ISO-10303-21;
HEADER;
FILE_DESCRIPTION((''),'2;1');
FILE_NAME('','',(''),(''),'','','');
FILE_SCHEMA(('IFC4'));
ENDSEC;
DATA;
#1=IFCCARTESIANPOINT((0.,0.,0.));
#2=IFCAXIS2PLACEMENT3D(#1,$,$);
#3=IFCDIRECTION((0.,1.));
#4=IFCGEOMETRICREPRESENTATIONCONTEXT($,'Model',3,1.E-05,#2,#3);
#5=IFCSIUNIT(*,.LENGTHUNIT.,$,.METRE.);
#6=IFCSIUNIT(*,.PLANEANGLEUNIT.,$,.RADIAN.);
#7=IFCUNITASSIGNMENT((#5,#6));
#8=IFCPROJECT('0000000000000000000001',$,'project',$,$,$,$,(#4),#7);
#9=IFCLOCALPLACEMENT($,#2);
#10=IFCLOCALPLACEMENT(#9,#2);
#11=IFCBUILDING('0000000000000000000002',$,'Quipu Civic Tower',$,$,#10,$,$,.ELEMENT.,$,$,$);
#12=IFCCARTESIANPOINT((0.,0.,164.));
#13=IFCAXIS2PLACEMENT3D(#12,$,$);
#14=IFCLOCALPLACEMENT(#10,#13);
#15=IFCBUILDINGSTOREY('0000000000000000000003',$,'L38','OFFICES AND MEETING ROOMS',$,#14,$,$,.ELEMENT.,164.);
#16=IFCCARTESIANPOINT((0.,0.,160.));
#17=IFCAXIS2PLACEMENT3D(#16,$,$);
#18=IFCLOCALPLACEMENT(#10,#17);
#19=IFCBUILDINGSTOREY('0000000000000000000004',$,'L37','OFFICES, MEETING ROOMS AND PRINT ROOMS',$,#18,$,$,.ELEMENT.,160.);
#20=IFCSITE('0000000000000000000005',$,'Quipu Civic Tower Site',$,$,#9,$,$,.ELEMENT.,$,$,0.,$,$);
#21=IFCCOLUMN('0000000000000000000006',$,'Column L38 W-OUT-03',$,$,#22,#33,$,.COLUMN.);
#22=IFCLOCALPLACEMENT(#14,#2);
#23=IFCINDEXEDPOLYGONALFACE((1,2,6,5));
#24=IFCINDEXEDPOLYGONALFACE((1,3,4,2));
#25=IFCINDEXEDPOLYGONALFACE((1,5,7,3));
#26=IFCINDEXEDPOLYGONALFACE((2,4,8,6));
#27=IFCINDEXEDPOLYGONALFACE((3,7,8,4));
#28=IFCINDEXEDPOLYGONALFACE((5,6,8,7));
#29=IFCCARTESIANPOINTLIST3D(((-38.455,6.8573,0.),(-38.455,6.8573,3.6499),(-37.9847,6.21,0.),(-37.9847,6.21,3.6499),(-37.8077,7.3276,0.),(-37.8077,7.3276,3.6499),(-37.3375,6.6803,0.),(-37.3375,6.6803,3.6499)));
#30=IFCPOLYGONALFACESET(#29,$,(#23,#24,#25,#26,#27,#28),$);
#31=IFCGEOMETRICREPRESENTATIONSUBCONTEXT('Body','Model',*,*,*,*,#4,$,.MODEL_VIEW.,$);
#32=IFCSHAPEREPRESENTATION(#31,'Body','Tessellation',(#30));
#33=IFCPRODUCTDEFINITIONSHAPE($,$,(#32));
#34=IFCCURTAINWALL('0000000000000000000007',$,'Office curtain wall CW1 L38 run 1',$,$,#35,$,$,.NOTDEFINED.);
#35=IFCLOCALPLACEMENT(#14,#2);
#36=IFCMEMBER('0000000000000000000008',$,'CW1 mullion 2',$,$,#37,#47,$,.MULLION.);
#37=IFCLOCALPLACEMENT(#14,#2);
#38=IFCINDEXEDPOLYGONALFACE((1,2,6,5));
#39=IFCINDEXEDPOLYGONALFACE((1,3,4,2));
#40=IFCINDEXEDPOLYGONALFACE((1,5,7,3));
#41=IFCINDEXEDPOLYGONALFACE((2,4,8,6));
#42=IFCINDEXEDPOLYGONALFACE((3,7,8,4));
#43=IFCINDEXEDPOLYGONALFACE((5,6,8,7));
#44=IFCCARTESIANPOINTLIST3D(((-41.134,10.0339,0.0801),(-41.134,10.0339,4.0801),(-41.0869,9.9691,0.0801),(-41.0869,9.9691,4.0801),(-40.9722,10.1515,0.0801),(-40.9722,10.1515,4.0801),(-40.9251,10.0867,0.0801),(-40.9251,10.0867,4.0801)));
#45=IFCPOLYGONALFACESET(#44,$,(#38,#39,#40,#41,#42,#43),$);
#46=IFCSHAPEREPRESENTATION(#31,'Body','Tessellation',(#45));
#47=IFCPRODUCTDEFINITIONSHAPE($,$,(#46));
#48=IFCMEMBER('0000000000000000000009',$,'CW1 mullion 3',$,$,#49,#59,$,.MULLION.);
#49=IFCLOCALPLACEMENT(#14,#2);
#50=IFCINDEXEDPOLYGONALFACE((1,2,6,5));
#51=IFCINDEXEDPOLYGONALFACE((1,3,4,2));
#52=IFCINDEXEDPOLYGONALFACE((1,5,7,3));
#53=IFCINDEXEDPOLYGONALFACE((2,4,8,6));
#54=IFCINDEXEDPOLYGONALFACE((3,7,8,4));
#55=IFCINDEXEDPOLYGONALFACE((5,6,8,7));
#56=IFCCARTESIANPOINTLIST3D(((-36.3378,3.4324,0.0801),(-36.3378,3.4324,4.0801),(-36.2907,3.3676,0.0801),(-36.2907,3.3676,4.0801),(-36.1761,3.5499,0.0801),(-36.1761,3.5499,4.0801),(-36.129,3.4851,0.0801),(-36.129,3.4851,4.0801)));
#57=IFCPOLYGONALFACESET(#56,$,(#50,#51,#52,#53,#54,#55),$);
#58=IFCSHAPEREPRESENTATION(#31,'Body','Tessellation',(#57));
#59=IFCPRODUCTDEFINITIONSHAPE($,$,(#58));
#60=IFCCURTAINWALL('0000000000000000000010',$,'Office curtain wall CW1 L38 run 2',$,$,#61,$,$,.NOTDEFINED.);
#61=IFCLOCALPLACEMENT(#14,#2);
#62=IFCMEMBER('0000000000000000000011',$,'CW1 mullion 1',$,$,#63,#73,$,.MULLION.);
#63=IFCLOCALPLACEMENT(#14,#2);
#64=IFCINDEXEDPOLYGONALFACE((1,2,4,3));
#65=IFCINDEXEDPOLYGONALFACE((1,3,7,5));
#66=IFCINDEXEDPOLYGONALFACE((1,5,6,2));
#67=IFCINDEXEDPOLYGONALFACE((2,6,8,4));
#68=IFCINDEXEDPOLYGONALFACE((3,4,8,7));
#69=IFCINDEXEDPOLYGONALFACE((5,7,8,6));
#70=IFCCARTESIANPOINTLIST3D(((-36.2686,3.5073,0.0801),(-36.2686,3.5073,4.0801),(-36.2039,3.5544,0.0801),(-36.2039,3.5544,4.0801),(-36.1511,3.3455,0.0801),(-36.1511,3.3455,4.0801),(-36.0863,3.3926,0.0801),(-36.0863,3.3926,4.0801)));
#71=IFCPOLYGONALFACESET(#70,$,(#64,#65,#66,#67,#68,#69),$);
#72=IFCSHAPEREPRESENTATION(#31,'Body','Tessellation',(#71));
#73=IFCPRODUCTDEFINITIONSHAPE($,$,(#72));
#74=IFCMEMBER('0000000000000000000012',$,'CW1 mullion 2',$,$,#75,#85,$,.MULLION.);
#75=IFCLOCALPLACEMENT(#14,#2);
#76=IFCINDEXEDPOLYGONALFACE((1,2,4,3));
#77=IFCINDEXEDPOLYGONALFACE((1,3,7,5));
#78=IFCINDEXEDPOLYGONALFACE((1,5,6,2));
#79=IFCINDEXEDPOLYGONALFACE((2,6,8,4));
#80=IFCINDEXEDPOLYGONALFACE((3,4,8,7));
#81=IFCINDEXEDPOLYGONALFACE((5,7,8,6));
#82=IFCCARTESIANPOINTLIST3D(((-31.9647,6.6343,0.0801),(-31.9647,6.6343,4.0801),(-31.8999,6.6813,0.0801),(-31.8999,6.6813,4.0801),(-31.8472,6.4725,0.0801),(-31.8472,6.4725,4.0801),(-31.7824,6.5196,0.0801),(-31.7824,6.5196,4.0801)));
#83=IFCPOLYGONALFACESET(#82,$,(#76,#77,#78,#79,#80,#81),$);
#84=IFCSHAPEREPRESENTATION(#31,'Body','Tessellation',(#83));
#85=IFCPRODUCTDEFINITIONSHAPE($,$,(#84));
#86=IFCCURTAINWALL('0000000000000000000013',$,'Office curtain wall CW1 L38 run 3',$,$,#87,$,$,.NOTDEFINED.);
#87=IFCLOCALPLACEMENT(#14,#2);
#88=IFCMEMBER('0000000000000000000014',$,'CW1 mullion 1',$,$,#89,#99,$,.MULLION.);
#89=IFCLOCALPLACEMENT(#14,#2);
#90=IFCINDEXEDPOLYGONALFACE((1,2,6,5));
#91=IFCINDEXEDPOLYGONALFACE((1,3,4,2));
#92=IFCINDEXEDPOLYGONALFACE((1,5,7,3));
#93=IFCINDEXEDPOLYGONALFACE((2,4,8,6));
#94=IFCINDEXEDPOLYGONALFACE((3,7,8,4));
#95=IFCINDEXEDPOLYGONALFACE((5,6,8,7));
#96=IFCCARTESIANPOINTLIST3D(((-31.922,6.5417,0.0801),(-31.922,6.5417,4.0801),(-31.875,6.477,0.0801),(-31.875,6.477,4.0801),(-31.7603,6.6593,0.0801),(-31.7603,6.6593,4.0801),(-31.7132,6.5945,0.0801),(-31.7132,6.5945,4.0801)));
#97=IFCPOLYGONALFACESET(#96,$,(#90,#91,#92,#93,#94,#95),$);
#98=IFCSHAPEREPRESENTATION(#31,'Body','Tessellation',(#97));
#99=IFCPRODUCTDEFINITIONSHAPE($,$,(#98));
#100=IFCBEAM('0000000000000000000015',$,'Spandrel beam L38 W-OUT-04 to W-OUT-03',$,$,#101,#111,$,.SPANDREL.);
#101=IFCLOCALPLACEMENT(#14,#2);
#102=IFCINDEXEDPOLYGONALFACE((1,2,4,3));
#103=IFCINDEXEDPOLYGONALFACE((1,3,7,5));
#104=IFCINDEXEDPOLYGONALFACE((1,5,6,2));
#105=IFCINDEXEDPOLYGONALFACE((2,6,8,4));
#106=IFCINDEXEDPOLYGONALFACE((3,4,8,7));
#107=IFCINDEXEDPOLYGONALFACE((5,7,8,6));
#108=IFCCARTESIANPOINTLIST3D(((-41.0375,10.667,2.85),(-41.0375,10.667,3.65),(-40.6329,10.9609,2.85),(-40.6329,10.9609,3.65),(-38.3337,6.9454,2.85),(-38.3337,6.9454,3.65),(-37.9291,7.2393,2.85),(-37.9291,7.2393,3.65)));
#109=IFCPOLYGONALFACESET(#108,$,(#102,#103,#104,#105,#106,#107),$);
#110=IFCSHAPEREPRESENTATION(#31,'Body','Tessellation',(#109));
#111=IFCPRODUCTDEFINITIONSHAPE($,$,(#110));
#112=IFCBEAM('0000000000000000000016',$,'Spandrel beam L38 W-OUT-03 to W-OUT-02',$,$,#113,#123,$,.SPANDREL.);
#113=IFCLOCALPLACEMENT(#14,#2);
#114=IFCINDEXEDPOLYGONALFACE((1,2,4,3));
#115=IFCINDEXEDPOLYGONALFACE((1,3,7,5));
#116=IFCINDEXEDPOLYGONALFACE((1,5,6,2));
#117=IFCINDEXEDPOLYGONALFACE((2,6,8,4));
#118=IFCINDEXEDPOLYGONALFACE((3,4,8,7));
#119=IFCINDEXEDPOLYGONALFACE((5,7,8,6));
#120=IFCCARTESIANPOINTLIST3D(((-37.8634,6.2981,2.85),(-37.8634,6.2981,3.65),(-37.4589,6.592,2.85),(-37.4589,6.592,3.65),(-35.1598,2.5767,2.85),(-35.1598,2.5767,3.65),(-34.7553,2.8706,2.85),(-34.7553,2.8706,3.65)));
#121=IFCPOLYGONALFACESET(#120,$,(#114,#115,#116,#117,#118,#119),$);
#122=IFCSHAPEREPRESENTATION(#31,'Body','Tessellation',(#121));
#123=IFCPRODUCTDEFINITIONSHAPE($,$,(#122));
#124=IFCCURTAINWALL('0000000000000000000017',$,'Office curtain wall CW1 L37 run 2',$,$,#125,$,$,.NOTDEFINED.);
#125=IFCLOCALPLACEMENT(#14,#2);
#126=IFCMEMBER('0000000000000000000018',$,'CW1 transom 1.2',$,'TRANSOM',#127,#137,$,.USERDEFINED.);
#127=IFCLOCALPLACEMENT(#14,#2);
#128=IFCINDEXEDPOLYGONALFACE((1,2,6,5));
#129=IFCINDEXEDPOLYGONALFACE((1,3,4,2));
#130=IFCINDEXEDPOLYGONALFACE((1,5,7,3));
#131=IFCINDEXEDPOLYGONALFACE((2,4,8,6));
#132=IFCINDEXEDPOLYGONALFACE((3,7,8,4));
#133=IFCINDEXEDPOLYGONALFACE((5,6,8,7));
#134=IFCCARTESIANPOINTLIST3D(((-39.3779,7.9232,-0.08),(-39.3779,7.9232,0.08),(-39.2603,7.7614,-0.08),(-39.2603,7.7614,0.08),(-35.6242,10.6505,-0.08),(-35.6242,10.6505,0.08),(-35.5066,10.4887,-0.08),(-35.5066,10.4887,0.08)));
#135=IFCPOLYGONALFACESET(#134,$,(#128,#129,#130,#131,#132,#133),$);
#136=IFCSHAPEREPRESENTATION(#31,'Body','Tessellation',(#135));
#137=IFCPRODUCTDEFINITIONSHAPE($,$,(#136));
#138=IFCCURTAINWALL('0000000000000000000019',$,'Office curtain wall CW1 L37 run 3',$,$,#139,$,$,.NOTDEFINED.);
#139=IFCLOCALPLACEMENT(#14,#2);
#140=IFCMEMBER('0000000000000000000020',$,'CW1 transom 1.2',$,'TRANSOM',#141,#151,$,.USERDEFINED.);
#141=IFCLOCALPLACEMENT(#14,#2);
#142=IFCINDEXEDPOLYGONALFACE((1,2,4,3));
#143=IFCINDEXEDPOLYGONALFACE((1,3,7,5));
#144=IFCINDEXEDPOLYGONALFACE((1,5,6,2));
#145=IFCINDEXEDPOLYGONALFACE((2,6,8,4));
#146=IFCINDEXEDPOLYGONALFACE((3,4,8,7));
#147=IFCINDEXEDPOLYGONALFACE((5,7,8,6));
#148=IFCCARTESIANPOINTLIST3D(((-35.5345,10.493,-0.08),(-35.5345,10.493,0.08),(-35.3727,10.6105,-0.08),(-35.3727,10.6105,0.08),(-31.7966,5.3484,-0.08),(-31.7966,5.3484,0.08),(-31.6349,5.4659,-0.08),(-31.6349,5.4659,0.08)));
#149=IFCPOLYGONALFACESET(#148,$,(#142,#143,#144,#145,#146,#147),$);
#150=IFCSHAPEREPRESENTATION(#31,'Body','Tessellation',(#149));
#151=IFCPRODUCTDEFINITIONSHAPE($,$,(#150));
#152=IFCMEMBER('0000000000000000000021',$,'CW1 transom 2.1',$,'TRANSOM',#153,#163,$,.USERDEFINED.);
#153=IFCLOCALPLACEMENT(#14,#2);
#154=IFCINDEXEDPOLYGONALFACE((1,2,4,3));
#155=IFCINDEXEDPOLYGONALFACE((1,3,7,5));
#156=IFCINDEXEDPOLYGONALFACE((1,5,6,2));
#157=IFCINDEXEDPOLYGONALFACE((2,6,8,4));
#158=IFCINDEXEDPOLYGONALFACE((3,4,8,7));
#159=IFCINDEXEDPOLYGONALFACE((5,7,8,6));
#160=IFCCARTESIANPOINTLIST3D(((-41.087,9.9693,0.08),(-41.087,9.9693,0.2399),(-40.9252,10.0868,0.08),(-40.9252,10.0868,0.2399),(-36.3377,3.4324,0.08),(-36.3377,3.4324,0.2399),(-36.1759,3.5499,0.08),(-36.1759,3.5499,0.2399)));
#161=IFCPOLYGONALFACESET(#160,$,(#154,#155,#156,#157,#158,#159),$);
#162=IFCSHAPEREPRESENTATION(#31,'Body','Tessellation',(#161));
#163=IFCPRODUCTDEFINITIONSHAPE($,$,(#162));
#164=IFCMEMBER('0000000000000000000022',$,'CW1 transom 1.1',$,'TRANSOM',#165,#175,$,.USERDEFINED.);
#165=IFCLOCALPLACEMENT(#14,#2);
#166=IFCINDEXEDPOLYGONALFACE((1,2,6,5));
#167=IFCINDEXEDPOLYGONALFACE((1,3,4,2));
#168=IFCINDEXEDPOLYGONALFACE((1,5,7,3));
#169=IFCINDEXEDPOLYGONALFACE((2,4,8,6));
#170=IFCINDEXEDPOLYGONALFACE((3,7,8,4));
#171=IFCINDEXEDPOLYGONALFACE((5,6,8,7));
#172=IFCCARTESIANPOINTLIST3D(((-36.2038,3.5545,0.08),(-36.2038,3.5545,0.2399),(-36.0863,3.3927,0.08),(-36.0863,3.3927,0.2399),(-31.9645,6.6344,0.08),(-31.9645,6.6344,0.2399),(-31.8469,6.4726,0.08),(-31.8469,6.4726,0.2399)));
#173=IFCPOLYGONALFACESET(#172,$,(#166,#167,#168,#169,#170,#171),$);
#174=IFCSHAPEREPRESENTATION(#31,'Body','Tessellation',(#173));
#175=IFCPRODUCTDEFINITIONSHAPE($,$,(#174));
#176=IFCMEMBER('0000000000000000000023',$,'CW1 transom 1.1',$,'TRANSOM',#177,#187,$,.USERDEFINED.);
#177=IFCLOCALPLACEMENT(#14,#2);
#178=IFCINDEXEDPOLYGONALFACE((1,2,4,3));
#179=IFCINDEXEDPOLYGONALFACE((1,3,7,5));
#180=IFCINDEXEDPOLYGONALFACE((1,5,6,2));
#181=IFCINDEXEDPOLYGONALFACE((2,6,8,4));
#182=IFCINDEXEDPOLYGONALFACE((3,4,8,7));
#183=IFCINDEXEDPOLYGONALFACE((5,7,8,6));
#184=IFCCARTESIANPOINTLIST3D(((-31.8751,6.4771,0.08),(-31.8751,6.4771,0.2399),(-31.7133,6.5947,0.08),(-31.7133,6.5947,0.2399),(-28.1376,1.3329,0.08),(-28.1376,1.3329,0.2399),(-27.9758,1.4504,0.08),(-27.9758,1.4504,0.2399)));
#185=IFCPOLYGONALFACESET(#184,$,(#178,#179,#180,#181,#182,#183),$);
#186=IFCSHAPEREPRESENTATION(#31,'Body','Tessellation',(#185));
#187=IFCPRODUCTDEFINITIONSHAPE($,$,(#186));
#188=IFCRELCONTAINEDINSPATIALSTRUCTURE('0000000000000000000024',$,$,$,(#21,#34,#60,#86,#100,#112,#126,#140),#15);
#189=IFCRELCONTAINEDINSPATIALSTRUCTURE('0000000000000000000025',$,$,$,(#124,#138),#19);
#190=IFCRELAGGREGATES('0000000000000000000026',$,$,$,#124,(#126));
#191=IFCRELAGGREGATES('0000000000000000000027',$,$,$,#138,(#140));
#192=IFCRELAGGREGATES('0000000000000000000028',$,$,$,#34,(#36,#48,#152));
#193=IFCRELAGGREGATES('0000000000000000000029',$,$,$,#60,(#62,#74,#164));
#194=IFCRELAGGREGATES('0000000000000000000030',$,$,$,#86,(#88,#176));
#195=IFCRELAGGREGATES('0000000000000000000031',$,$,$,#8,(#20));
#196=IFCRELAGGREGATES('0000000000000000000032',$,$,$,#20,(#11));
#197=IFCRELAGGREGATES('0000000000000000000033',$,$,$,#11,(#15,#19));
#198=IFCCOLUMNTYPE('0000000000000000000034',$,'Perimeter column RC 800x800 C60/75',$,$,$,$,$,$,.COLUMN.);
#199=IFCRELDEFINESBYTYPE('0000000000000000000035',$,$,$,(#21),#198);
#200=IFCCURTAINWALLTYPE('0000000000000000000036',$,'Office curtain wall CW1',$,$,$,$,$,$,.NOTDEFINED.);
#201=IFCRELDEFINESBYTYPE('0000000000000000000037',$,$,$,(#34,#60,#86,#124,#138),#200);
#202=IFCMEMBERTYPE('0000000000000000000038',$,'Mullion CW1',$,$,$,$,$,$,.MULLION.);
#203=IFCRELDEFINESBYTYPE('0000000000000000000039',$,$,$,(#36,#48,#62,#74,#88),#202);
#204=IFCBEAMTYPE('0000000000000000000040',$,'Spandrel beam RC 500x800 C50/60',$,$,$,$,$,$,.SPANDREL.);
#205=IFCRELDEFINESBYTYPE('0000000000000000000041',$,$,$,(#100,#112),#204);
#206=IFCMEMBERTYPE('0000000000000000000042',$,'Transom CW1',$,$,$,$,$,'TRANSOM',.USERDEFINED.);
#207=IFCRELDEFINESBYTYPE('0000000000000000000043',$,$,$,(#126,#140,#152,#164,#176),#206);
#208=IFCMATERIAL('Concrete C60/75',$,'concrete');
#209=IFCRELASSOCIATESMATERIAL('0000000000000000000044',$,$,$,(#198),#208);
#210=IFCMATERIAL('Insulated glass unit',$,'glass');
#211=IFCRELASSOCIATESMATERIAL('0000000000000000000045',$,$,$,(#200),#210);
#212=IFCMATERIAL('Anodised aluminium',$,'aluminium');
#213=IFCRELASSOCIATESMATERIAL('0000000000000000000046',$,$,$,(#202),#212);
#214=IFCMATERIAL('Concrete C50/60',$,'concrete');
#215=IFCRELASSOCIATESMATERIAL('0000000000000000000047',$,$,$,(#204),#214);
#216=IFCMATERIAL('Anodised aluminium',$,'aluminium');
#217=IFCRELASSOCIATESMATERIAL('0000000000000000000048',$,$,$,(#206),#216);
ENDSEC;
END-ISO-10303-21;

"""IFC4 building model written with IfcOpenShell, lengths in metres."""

from ifc_helpers import new_model, si_unit, direction, frame, origin, origin_2d, place, context, subcontext, project, spatial, rectangle, extrude, material, material_profile, profile_set, type_object, element, aggregate, save


model = new_model("IFC4")

# Units and contexts
model_context = context("Model", 3, precision=1e-05, world=origin(), true_north=direction((0.0, 1.0)))
body_context = subcontext(model_context, "Body", "Model", "MODEL_VIEW")
ifc_project = project(units=[si_unit("LENGTHUNIT", "METRE"), si_unit("PLANEANGLEUNIT", "RADIAN")], contexts=[model_context])

# Site, building, storey
site_placement = place(None, origin())
site = spatial("IfcSite", under=ifc_project, at=site_placement, Name="Quipu Civic Tower Site", CompositionType="ELEMENT", RefElevation=0.0)
building_placement = place(site_placement, origin())
building = spatial("IfcBuilding", under=site, at=building_placement, Name="Quipu Civic Tower", CompositionType="ELEMENT")
storey_1_placement = place(building_placement, frame((0.0, 0.0, 164.0)))
storey_1 = spatial("IfcBuildingStorey", under=building, at=storey_1_placement, Name="L38", Description="OFFICES AND MEETING ROOMS", CompositionType="ELEMENT", Elevation=164.0)

# Column
ifc_material_1 = material(Name="Concrete C60/75", Category="concrete")
ifc_material_profile_1 = material_profile(ifc_material_1, rectangle(XDim=0.8, YDim=0.8, at=origin_2d()), Name="RC800x800")
ifc_profile_set_1 = profile_set([ifc_material_profile_1], Name="Concrete C60/75")
column_type = type_object("IfcColumnType", Name="Perimeter column RC 800x800 C60/75", PredefinedType="COLUMN", material=ifc_profile_set_1)
column_placement = place(storey_1_placement, frame((-37.8962, 6.7688, 0.0), z_axis=(0.0, 0.0, 1.0), x_axis=(0.587785, -0.809017, 0.0)))
element("IfcColumn", 1, at=column_placement, inside=storey_1, type_object=column_type, Name="Column L38 W-OUT-03", PredefinedType="COLUMN", context=body_context, shape_type="SweptSolid", body=[
    extrude(rectangle(XDim=0.8, YDim=0.8, at=origin_2d()), origin(), (0.0, 0.0, 1.0), 3.6499),
])

# Curtain walls, members
ifc_material_2 = material(Name="Insulated glass unit", Category="glass")
curtain_wall_type = type_object("IfcCurtainWallType", Name="Office curtain wall CW1", PredefinedType="NOTDEFINED", material=ifc_material_2)
curtain_wall_1_placement = place(storey_1_placement, origin())
curtain_wall_1 = element("IfcCurtainWall", 2, at=curtain_wall_1_placement, inside=storey_1, type_object=curtain_wall_type, Name="Office curtain wall CW1 L38 run 1", PredefinedType="NOTDEFINED")
ifc_material_3 = material(Name="Anodised aluminium", Category="aluminium")
ifc_material_profile_2 = material_profile(ifc_material_3, rectangle(XDim=0.2, YDim=0.0801, at=origin_2d()), Name="RECT 200x80")
ifc_profile_set_2 = profile_set([ifc_material_profile_2], Name="Anodised aluminium")
member_type_1 = type_object("IfcMemberType", Name="Mullion CW1", PredefinedType="MULLION", material=ifc_profile_set_2)
member_1_placement = place(storey_1_placement, frame((-41.0295, 10.0603, 0.0801), z_axis=(0.0, 0.0, 1.0), x_axis=(0.809015, 0.587788, 0.0)))
member_1 = element("IfcMember", 3, at=member_1_placement, type_object=member_type_1, Name="CW1 mullion 2", PredefinedType="MULLION", context=body_context, shape_type="SweptSolid", body=[
    extrude(rectangle(XDim=0.2, YDim=0.0801, at=origin_2d()), origin(), (0.0, 0.0, 1.0), 4.0),
])
member_2_placement = place(storey_1_placement, frame((-36.2334, 3.4587, 0.0801), z_axis=(0.0, 0.0, 1.0), x_axis=(0.809015, 0.587788, 0.0)))
member_2 = element("IfcMember", 4, at=member_2_placement, type_object=member_type_1, Name="CW1 mullion 3", PredefinedType="MULLION", context=body_context, shape_type="SweptSolid", body=[
    extrude(rectangle(XDim=0.2, YDim=0.0801, at=origin_2d()), origin(), (0.0, 0.0, 1.0), 4.0),
])
curtain_wall_2_placement = place(storey_1_placement, origin())
curtain_wall_2 = element("IfcCurtainWall", 5, at=curtain_wall_2_placement, inside=storey_1, type_object=curtain_wall_type, Name="Office curtain wall CW1 L38 run 2", PredefinedType="NOTDEFINED")
member_3_placement = place(storey_1_placement, frame((-36.1775, 3.45, 0.0801), z_axis=(0.0, 0.0, 1.0), x_axis=(-0.58778, 0.809021, 0.0)))
member_3 = element("IfcMember", 6, at=member_3_placement, type_object=member_type_1, Name="CW1 mullion 1", PredefinedType="MULLION", context=body_context, shape_type="SweptSolid", body=[
    extrude(rectangle(XDim=0.2, YDim=0.0801, at=origin_2d()), origin(), (0.0, 0.0, 1.0), 4.0),
])
member_4_placement = place(storey_1_placement, frame((-31.8735, 6.5769, 0.0801), z_axis=(0.0, 0.0, 1.0), x_axis=(-0.58778, 0.809021, 0.0)))
member_4 = element("IfcMember", 7, at=member_4_placement, type_object=member_type_1, Name="CW1 mullion 2", PredefinedType="MULLION", context=body_context, shape_type="SweptSolid", body=[
    extrude(rectangle(XDim=0.2, YDim=0.0801, at=origin_2d()), origin(), (0.0, 0.0, 1.0), 4.0),
])

# Curtain wall, member
curtain_wall_3_placement = place(storey_1_placement, origin())
curtain_wall_3 = element("IfcCurtainWall", 8, at=curtain_wall_3_placement, inside=storey_1, type_object=curtain_wall_type, Name="Office curtain wall CW1 L38 run 3", PredefinedType="NOTDEFINED")
member_5_placement = place(storey_1_placement, frame((-31.8176, 6.5681, 0.0801), z_axis=(0.0, 0.0, 1.0), x_axis=(0.809022, 0.587778, 0.0)))
member_5 = element("IfcMember", 9, at=member_5_placement, type_object=member_type_1, Name="CW1 mullion 1", PredefinedType="MULLION", context=body_context, shape_type="SweptSolid", body=[
    extrude(rectangle(XDim=0.2, YDim=0.0801, at=origin_2d()), origin(), (0.0, 0.0, 1.0), 4.0),
])

# Beams
ifc_material_4 = material(Name="Concrete C50/60", Category="concrete")
ifc_material_profile_3 = material_profile(ifc_material_4, rectangle(XDim=0.5, YDim=0.8, at=origin_2d()), Name="RC500x800")
ifc_profile_set_3 = profile_set([ifc_material_profile_3], Name="Concrete C50/60")
beam_type = type_object("IfcBeamType", Name="Spandrel beam RC 500x800 C50/60", PredefinedType="SPANDREL", material=ifc_profile_set_3)
beam_1_placement = place(storey_1_placement, frame((-40.8352, 10.814, 3.25), z_axis=(0.587771, -0.809027, 0.0), x_axis=(0.809027, 0.587771, 0.0)))
element("IfcBeam", 10, at=beam_1_placement, inside=storey_1, type_object=beam_type, Name="Spandrel beam L38 W-OUT-04 to W-OUT-03", PredefinedType="SPANDREL", context=body_context, shape_type="SweptSolid", body=[
    extrude(rectangle(XDim=0.5, YDim=0.8, at=origin_2d()), origin(), (0.0, 0.0, 1.0), 4.6001),
])
beam_2_placement = place(storey_1_placement, frame((-37.6611, 6.4451, 3.25), z_axis=(0.587761, -0.809034, 0.0), x_axis=(0.809034, 0.587761, 0.0)))
element("IfcBeam", 11, at=beam_2_placement, inside=storey_1, type_object=beam_type, Name="Spandrel beam L38 W-OUT-03 to W-OUT-02", PredefinedType="SPANDREL", context=body_context, shape_type="SweptSolid", body=[
    extrude(rectangle(XDim=0.5, YDim=0.8, at=origin_2d()), origin(), (0.0, 0.0, 1.0), 4.5999),
])

# Shared definitions
storey_2_placement = place(building_placement, frame((0.0, 0.0, 160.0)))
storey_2 = spatial("IfcBuildingStorey", under=building, at=storey_2_placement, Name="L37", Description="OFFICES, MEETING ROOMS AND PRINT ROOMS", CompositionType="ELEMENT", Elevation=160.0)

# Curtain walls, members
curtain_wall_4_placement = place(storey_2_placement, origin())
curtain_wall_4 = element("IfcCurtainWall", 12, at=curtain_wall_4_placement, inside=storey_2, type_object=curtain_wall_type, Name="Office curtain wall CW1 L37 run 2", PredefinedType="NOTDEFINED")
ifc_material_5 = material(Name="Anodised aluminium", Category="aluminium")
ifc_material_profile_4 = material_profile(ifc_material_5, rectangle(XDim=0.2, YDim=0.1599, at=origin_2d()), Name="RECT 200x160")
ifc_profile_set_4 = profile_set([ifc_material_profile_4], Name="Anodised aluminium")
member_type_2 = type_object("IfcMemberType", Name="Transom CW1", ElementType="TRANSOM", PredefinedType="USERDEFINED", material=ifc_profile_set_4)
member_6_placement = place(storey_1_placement, frame((-39.3191, 7.8423, 0.0), z_axis=(0.809007, 0.587799, 0.0), x_axis=(-0.587799, 0.809007, 0.0)))
member_6 = element("IfcMember", 13, at=member_6_placement, inside=storey_1, type_object=member_type_2, Name="CW1 transom 1.2", ObjectType="TRANSOM", PredefinedType="USERDEFINED", context=body_context, shape_type="SweptSolid", body=[
    extrude(rectangle(XDim=0.2, YDim=0.1599, at=origin_2d()), origin(), (0.0, 0.0, 1.0), 4.6399),
])
aggregate(curtain_wall_4, [member_6])
curtain_wall_5_placement = place(storey_2_placement, origin())
curtain_wall_5 = element("IfcCurtainWall", 14, at=curtain_wall_5_placement, inside=storey_2, type_object=curtain_wall_type, Name="Office curtain wall CW1 L37 run 3", PredefinedType="NOTDEFINED")
member_7_placement = place(storey_1_placement, frame((-35.4536, 10.5518, 0.0), z_axis=(0.587793, -0.809012, 0.0), x_axis=(0.809012, 0.587793, 0.0)))
member_7 = element("IfcMember", 15, at=member_7_placement, inside=storey_1, type_object=member_type_2, Name="CW1 transom 1.2", ObjectType="TRANSOM", PredefinedType="USERDEFINED", context=body_context, shape_type="SweptSolid", body=[
    extrude(rectangle(XDim=0.2, YDim=0.1599, at=origin_2d()), origin(), (0.0, 0.0, 1.0), 6.3591),
])
aggregate(curtain_wall_5, [member_7])

# Members
member_8_placement = place(storey_1_placement, frame((-41.0061, 10.0281, 0.1599), z_axis=(0.587782, -0.80902, 0.0), x_axis=(0.80902, 0.587782, 0.0)))
member_8 = element("IfcMember", 16, at=member_8_placement, type_object=member_type_2, Name="CW1 transom 2.1", ObjectType="TRANSOM", PredefinedType="USERDEFINED", context=body_context, shape_type="SweptSolid", body=[
    extrude(rectangle(XDim=0.2, YDim=0.1599, at=origin_2d()), origin(), (0.0, 0.0, 1.0), 8.0801),
])
member_9_placement = place(storey_1_placement, frame((-36.145, 3.4736, 0.1599), z_axis=(0.809032, 0.587764, 0.0), x_axis=(-0.587764, 0.809032, 0.0)))
member_9 = element("IfcMember", 17, at=member_9_placement, type_object=member_type_2, Name="CW1 transom 1.1", ObjectType="TRANSOM", PredefinedType="USERDEFINED", context=body_context, shape_type="SweptSolid", body=[
    extrude(rectangle(XDim=0.2, YDim=0.1599, at=origin_2d()), origin(), (0.0, 0.0, 1.0), 5.24),
])
member_10_placement = place(storey_1_placement, frame((-31.7942, 6.5359, 0.1599), z_axis=(0.587786, -0.809017, 0.0), x_axis=(0.809017, 0.587786, 0.0)))
member_10 = element("IfcMember", 18, at=member_10_placement, type_object=member_type_2, Name="CW1 transom 1.1", ObjectType="TRANSOM", PredefinedType="USERDEFINED", context=body_context, shape_type="SweptSolid", body=[
    extrude(rectangle(XDim=0.2, YDim=0.1599, at=origin_2d()), origin(), (0.0, 0.0, 1.0), 6.3586),
])

aggregate(curtain_wall_1, [member_1, member_2, member_8])
aggregate(curtain_wall_2, [member_3, member_4, member_9])
aggregate(curtain_wall_3, [member_5, member_10])

save(model, "model.ifc")
